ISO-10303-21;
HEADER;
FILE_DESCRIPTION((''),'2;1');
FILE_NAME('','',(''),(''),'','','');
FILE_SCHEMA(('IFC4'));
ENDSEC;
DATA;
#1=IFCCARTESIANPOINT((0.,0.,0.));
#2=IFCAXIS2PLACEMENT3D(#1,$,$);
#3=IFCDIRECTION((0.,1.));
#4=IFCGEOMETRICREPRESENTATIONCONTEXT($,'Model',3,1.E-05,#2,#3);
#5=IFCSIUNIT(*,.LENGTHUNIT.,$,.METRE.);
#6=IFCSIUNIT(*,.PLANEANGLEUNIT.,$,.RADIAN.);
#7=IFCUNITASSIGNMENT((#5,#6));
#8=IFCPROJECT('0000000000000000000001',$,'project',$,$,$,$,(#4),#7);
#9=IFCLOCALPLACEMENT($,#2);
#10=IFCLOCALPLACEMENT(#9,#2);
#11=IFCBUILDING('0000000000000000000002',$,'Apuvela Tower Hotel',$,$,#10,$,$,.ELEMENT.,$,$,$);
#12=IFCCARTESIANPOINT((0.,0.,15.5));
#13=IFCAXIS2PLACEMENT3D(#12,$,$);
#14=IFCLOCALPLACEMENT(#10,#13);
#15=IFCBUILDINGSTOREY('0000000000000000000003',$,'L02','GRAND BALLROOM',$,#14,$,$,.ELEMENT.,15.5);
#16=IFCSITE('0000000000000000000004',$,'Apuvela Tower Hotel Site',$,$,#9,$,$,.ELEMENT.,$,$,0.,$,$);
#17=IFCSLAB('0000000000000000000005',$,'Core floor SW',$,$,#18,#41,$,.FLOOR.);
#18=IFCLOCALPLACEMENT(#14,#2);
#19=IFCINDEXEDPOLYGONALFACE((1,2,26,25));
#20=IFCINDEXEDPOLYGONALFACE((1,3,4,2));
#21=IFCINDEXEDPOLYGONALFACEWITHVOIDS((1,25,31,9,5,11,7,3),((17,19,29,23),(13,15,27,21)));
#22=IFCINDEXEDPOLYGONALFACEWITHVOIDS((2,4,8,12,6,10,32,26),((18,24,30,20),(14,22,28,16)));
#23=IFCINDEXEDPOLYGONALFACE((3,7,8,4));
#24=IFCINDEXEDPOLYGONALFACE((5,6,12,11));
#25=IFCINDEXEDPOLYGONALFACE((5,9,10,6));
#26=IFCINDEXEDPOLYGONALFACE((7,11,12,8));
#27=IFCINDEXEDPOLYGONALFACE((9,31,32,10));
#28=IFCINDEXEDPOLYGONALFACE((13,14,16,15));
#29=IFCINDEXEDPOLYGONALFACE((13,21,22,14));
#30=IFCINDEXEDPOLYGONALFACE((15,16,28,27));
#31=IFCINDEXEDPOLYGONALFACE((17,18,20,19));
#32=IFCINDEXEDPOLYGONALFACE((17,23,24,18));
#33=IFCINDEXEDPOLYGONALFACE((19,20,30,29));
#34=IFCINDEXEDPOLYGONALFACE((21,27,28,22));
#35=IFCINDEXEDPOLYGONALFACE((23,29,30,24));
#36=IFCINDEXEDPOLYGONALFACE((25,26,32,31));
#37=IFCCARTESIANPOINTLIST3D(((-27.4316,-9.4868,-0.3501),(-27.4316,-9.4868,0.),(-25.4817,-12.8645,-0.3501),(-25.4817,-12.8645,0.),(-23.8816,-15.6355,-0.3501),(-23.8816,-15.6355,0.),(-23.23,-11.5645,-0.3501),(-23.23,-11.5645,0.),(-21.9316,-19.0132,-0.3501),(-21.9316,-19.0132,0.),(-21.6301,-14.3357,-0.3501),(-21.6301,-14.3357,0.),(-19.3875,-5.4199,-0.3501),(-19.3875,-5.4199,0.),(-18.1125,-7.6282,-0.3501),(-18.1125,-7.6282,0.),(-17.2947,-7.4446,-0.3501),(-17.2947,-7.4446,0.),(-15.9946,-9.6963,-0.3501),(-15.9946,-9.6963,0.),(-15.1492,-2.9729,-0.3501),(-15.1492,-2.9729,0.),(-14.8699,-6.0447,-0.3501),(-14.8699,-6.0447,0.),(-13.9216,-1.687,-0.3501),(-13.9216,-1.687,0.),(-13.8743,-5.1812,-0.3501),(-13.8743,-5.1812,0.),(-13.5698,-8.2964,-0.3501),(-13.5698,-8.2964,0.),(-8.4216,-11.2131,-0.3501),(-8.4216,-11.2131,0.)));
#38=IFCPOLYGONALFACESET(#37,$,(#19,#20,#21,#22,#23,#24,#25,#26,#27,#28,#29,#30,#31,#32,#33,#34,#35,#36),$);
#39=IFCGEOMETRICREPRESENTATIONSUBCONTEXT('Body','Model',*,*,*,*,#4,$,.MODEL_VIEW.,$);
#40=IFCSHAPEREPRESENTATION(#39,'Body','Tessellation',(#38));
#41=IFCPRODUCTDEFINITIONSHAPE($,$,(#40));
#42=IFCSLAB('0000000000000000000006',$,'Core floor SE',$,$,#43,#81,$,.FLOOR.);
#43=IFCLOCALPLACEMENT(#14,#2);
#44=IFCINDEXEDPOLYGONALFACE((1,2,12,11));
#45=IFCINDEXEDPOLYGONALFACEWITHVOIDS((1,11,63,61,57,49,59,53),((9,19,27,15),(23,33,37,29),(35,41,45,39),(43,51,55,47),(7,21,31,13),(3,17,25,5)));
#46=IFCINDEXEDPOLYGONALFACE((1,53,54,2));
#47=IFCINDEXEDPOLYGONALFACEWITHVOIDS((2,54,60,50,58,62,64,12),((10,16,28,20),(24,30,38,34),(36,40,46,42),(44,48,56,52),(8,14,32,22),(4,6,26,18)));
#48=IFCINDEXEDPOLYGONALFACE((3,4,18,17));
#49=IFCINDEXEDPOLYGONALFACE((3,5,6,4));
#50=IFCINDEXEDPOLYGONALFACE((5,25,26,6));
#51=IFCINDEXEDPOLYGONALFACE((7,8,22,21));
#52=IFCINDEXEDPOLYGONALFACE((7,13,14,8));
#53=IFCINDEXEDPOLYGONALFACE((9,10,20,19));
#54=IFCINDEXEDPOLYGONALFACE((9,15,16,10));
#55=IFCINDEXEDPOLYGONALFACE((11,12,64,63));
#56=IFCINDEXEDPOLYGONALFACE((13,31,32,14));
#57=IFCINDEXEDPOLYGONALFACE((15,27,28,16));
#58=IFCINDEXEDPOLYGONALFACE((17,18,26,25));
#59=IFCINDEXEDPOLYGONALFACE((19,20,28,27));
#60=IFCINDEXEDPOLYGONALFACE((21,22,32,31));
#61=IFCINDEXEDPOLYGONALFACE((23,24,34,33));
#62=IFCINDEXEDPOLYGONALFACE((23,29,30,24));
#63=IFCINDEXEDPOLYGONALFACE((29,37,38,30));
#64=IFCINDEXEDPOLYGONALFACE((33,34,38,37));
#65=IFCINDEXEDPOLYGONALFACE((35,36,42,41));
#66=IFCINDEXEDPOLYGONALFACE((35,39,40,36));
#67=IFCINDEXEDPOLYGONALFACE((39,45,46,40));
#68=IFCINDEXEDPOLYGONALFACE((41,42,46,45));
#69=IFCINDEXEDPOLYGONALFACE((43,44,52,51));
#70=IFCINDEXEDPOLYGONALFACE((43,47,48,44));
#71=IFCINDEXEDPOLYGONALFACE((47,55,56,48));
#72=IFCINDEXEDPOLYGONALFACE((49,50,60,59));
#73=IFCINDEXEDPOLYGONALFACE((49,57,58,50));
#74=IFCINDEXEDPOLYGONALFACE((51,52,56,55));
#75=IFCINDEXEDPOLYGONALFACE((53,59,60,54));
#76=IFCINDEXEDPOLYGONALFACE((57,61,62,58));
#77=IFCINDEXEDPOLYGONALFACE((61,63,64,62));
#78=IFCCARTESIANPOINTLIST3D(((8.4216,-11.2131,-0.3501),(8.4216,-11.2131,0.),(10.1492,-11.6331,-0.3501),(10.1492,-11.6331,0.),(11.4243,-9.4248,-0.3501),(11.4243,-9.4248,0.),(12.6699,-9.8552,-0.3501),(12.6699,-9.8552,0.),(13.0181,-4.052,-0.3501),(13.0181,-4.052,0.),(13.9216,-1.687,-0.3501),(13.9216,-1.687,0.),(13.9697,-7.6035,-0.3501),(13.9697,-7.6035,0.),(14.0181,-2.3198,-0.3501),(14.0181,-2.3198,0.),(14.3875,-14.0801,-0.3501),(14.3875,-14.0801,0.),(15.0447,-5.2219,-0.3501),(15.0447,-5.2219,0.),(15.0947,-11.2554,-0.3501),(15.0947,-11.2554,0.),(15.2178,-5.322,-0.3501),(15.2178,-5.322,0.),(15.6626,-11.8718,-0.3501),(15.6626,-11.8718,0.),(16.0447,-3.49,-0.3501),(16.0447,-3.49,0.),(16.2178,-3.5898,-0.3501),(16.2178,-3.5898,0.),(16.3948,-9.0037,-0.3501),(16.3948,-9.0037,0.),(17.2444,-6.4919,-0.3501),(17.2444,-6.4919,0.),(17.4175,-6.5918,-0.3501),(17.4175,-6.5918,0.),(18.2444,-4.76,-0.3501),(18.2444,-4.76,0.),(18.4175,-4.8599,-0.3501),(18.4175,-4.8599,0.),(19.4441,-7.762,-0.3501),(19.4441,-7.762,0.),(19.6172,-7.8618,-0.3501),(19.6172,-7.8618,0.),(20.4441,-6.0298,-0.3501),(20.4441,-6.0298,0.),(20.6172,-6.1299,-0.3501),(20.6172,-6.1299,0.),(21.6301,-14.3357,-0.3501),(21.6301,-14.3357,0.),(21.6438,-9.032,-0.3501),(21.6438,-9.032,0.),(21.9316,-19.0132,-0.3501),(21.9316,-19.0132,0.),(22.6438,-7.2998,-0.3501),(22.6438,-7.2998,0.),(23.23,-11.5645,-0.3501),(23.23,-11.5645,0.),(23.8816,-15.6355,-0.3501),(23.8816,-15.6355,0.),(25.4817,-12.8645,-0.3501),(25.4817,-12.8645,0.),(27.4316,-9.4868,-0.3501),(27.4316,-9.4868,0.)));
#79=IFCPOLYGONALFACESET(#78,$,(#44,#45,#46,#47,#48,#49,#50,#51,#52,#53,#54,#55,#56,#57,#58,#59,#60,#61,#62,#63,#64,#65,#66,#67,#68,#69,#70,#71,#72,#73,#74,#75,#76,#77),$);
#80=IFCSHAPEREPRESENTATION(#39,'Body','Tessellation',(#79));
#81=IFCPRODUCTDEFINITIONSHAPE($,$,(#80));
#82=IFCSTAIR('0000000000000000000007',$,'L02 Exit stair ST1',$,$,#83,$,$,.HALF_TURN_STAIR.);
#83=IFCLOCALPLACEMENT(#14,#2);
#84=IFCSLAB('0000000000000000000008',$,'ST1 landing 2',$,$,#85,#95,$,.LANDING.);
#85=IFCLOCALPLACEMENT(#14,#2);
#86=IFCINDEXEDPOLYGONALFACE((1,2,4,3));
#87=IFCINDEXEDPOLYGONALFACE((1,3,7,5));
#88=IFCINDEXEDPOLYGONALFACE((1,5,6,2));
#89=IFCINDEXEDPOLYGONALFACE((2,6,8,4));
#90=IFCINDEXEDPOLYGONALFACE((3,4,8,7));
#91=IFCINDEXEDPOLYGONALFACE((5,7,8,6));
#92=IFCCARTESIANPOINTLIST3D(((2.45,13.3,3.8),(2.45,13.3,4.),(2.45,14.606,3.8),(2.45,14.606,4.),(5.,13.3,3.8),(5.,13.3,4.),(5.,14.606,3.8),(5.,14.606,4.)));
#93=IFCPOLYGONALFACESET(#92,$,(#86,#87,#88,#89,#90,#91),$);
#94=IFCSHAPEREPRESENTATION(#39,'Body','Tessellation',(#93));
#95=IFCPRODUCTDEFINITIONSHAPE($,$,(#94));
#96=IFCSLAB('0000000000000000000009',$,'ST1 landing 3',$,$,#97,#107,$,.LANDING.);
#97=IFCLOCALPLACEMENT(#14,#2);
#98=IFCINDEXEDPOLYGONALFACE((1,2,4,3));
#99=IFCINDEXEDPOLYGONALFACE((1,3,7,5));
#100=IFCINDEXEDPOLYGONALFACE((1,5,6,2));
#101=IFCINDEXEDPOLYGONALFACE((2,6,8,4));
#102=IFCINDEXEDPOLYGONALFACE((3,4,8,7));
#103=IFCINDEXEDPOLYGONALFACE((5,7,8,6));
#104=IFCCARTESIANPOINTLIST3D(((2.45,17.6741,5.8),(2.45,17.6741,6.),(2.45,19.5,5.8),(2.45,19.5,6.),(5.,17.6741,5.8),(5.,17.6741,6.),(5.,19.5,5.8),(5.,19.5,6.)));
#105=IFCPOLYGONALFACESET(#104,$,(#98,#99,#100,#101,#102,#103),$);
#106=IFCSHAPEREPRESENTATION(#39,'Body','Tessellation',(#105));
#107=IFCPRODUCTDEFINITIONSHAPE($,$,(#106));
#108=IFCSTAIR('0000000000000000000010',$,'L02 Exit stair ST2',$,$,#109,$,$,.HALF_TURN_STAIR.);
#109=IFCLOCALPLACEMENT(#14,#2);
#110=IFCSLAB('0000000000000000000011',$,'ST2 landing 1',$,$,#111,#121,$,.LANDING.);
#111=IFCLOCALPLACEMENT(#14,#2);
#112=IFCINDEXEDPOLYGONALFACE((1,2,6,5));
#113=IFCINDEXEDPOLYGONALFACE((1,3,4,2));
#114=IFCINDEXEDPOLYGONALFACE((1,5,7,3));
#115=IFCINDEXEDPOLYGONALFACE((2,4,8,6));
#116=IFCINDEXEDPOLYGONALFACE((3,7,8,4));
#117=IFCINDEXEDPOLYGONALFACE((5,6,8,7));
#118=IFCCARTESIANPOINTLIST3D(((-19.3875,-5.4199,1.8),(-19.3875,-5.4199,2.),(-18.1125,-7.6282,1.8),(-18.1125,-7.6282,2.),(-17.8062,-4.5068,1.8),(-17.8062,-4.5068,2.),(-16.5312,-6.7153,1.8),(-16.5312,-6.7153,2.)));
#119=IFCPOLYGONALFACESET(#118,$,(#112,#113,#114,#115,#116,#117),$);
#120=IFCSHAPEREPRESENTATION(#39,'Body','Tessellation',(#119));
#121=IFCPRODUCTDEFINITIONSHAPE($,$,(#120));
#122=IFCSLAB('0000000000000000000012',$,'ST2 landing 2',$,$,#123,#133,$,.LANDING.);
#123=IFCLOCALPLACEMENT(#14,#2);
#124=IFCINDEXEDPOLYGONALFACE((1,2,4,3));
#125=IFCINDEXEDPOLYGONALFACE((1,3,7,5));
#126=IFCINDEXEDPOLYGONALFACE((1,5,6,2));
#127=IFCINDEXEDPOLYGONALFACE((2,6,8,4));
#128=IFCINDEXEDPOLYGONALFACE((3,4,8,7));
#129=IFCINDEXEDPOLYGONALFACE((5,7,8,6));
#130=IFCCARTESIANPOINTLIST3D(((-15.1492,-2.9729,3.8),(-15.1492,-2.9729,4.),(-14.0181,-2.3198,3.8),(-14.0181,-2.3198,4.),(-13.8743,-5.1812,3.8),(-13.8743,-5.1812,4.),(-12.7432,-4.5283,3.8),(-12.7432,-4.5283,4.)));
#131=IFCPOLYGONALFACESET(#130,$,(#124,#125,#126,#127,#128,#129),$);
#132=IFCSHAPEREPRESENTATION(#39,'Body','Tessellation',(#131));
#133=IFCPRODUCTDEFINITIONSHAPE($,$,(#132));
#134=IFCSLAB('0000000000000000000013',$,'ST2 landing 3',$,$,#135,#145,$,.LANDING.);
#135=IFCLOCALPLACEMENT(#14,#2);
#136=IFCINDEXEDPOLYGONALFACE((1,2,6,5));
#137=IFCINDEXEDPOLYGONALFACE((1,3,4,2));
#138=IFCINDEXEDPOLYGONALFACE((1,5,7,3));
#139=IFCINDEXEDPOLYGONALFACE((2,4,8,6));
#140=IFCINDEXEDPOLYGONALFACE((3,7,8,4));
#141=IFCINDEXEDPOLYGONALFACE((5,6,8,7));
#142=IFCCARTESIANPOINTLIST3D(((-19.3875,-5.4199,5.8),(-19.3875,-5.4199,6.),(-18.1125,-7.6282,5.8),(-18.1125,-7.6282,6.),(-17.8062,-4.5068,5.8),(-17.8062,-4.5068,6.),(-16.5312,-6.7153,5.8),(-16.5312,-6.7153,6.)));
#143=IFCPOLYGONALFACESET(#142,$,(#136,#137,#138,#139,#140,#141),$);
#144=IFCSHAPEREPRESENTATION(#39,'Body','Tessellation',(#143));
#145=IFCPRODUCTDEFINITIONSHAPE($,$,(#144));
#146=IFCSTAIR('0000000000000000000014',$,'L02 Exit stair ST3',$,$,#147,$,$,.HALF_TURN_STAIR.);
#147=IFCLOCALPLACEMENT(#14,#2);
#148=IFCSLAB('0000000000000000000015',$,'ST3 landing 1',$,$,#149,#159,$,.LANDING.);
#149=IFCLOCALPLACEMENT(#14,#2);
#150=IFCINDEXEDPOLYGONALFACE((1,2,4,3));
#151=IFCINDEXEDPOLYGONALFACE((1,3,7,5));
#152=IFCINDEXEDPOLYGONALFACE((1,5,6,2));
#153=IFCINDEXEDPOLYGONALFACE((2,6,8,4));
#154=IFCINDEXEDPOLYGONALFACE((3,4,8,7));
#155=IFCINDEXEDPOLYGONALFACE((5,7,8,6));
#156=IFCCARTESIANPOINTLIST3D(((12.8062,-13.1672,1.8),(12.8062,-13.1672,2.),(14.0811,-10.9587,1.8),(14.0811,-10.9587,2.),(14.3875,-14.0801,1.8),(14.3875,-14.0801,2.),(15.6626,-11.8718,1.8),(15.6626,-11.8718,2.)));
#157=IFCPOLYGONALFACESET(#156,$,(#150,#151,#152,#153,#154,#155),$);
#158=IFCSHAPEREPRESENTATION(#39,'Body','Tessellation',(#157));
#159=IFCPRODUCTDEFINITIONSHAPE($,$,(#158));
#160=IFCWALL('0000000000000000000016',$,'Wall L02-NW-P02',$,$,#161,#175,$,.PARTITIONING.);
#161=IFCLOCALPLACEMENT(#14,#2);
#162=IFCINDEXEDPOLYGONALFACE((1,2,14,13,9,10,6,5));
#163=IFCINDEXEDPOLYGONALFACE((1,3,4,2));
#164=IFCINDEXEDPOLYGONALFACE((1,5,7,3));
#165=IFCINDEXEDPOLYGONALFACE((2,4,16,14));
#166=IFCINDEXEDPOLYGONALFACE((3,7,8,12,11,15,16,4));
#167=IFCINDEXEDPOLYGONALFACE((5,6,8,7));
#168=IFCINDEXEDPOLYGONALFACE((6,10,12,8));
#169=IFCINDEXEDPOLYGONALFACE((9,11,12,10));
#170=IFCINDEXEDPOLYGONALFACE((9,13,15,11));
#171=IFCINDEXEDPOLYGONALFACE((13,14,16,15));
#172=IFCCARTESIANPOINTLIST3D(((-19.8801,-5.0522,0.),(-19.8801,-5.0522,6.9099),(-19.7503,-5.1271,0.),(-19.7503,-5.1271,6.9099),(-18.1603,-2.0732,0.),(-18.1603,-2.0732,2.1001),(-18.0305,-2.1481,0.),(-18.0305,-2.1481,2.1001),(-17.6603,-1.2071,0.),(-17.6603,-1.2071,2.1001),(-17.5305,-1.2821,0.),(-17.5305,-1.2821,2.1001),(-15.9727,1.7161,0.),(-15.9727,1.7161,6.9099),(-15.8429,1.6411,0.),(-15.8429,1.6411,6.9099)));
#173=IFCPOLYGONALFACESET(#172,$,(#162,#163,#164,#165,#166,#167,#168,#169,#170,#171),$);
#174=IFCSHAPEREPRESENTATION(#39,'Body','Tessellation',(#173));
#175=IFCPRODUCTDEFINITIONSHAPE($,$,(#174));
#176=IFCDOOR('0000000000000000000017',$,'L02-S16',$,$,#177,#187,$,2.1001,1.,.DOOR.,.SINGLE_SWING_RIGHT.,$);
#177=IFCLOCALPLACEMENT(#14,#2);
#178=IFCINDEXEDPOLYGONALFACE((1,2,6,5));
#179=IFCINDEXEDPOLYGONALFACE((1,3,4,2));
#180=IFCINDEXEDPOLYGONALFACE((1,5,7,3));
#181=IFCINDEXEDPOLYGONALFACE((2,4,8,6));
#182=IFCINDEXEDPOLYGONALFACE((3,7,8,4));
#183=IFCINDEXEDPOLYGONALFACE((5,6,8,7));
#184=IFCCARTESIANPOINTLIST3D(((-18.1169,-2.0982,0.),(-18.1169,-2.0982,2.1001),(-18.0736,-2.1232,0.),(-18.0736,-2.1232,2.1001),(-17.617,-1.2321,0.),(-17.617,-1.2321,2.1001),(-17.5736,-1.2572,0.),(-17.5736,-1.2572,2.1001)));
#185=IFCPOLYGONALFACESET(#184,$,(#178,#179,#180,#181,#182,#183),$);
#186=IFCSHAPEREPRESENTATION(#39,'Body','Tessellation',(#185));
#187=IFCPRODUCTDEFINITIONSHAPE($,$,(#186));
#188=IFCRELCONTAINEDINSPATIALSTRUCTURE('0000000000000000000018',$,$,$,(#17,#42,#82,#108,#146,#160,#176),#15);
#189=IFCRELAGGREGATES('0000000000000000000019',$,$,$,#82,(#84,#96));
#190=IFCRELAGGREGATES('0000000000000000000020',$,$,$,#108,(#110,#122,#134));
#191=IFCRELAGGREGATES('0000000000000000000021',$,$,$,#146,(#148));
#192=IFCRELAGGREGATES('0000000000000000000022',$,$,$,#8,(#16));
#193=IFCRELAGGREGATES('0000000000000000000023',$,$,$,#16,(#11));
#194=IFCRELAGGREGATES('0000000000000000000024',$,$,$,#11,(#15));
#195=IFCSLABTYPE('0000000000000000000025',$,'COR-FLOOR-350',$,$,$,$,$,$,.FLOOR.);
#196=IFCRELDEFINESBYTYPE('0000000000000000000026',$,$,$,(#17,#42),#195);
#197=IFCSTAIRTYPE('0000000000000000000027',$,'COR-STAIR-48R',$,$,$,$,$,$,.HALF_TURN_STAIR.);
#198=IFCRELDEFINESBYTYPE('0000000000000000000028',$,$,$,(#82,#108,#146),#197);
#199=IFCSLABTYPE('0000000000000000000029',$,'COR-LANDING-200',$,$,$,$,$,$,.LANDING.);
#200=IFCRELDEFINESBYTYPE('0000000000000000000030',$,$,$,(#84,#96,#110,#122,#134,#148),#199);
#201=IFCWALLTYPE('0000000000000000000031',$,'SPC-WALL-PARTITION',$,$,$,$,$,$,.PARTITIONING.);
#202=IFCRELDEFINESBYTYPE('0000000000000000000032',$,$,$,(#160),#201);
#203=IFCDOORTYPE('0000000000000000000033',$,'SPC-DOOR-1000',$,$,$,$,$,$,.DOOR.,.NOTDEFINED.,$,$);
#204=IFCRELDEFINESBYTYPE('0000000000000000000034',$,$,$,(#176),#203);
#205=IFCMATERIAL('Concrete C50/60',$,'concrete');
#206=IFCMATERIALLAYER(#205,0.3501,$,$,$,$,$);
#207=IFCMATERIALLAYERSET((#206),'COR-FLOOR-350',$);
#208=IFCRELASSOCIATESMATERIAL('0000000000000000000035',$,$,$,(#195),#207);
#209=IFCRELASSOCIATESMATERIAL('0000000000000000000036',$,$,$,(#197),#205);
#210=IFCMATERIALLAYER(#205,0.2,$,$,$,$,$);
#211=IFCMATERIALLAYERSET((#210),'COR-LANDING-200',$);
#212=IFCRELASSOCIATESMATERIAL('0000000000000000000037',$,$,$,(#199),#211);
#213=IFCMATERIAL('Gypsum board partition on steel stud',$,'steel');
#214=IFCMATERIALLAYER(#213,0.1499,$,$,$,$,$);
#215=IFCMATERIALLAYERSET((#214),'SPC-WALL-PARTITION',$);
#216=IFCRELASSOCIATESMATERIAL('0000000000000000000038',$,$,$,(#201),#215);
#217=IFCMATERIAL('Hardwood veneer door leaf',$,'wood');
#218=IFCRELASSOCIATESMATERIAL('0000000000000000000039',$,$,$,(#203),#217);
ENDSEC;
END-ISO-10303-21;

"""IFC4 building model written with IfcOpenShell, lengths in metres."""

from ifc_helpers import new_model, si_unit, direction, frame, frame_2d, origin, place, context, subcontext, project, spatial, polyline, rectangle, outline, extrude, material, layer, layer_set, type_object, element, fill, aggregate, save


model = new_model("IFC4")

# Units and contexts
model_context = context("Model", 3, precision=1e-05, world=origin(), true_north=direction((0.0, 1.0)))
body_context = subcontext(model_context, "Body", "Model", "MODEL_VIEW")
ifc_project = project(units=[si_unit("LENGTHUNIT", "METRE"), si_unit("PLANEANGLEUNIT", "RADIAN")], contexts=[model_context])

# Site, building, storey
site_placement = place(None, origin())
site = spatial("IfcSite", under=ifc_project, at=site_placement, Name="Apuvela Tower Hotel Site", CompositionType="ELEMENT", RefElevation=0.0)
building_placement = place(site_placement, origin())
building = spatial("IfcBuilding", under=site, at=building_placement, Name="Apuvela Tower Hotel", CompositionType="ELEMENT")
storey_placement = place(building_placement, frame((0.0, 0.0, 15.5)))
storey = spatial("IfcBuildingStorey", under=building, at=storey_placement, Name="L02", Description="GRAND BALLROOM", CompositionType="ELEMENT", Elevation=15.5)

# Slabs
ifc_material_1 = material(Name="Concrete C50/60", Category="concrete")
ifc_layer_1 = layer(ifc_material_1, 0.3501)
ifc_layer_set_1 = layer_set([ifc_layer_1], Name="COR-FLOOR-350")
slab_type_1 = type_object("IfcSlabType", Name="COR-FLOOR-350", PredefinedType="FLOOR", material=ifc_layer_set_1)
slab_1_placement = place(storey_placement, frame((0.0, 0.0, -0.3501)))
element("IfcSlab", 1, at=slab_1_placement, inside=storey, type_object=slab_type_1, Name="Core floor SW", PredefinedType="FLOOR", context=body_context, shape_type="SweptSolid", body=[
    extrude(outline(polyline([(-27.4316, -9.4868), (-25.4817, -12.8645), (-23.23, -11.5645), (-21.6301, -14.3357), (-23.8816, -15.6355), (-21.9316, -19.0132), (-8.4216, -11.2131), (-13.9216, -1.687), (-27.4316, -9.4868)]), holes=[polyline([(-13.8743, -5.1812), (-18.1125, -7.6282), (-19.3875, -5.4199), (-15.1492, -2.9729), (-13.8743, -5.1812)]), polyline([(-13.5698, -8.2964), (-15.9946, -9.6963), (-17.2947, -7.4446), (-14.8699, -6.0447), (-13.5698, -8.2964)])]), origin(), (0.0, 0.0, 1.0), 0.3501),
])
slab_2_placement = place(storey_placement, frame((0.0, 0.0, -0.3501)))
element("IfcSlab", 2, at=slab_2_placement, inside=storey, type_object=slab_type_1, Name="Core floor SE", PredefinedType="FLOOR", context=body_context, shape_type="SweptSolid", body=[
    extrude(outline(polyline([(21.9316, -19.0132), (23.8816, -15.6355), (21.6301, -14.3357), (23.23, -11.5645), (25.4817, -12.8645), (27.4316, -9.4868), (13.9216, -1.687), (8.4216, -11.2131), (21.9316, -19.0132)]), holes=[polyline([(13.0181, -4.052), (14.0181, -2.3198), (16.0447, -3.49), (15.0447, -5.2219), (13.0181, -4.052)]), polyline([(17.2444, -6.4919), (15.2178, -5.322), (16.2178, -3.5898), (18.2444, -4.76), (17.2444, -6.4919)]), polyline([(14.3875, -14.0801), (10.1492, -11.6331), (11.4243, -9.4248), (15.6626, -11.8718), (14.3875, -14.0801)]), polyline([(12.6699, -9.8552), (13.9697, -7.6035), (16.3948, -9.0037), (15.0947, -11.2554), (12.6699, -9.8552)]), polyline([(19.4441, -7.762), (17.4175, -6.5918), (18.4175, -4.8599), (20.4441, -6.0298), (19.4441, -7.762)]), polyline([(21.6438, -9.032), (19.6172, -7.8618), (20.6172, -6.1299), (22.6438, -7.2998), (21.6438, -9.032)])]), origin(), (0.0, 0.0, 1.0), 0.3501),
])

# Stairs, slabs
stair_type_1 = type_object("IfcStairType", Name="COR-STAIR-48R", PredefinedType="HALF_TURN_STAIR", material=ifc_material_1)
stair_1_placement = place(storey_placement, origin())
stair_1 = element("IfcStair", 3, at=stair_1_placement, inside=storey, type_object=stair_type_1, Name="L02 Exit stair ST1", PredefinedType="HALF_TURN_STAIR")
ifc_layer_2 = layer(ifc_material_1, 0.2)
ifc_layer_set_2 = layer_set([ifc_layer_2], Name="COR-LANDING-200")
slab_type_2 = type_object("IfcSlabType", Name="COR-LANDING-200", PredefinedType="LANDING", material=ifc_layer_set_2)
slab_3_placement = place(storey_placement, frame((0.0, 0.0, 3.8)))
slab_3 = element("IfcSlab", 4, at=slab_3_placement, type_object=slab_type_2, Name="ST1 landing 2", PredefinedType="LANDING", context=body_context, shape_type="SweptSolid", body=[
    extrude(outline(polyline([(5.0, 13.3), (5.0, 14.606), (2.45, 14.606), (2.45, 13.3), (5.0, 13.3)])), origin(), (0.0, 0.0, 1.0), 0.2),
])
slab_4_placement = place(storey_placement, frame((0.0, 0.0, 5.8)))
slab_4 = element("IfcSlab", 5, at=slab_4_placement, type_object=slab_type_2, Name="ST1 landing 3", PredefinedType="LANDING", context=body_context, shape_type="SweptSolid", body=[
    extrude(outline(polyline([(5.0, 17.6741), (5.0, 19.5), (2.45, 19.5), (2.45, 17.6741), (5.0, 17.6741)])), origin(), (0.0, 0.0, 1.0), 0.2),
])
aggregate(stair_1, [slab_3, slab_4])
stair_2_placement = place(storey_placement, origin())
stair_2 = element("IfcStair", 6, at=stair_2_placement, inside=storey, type_object=stair_type_1, Name="L02 Exit stair ST2", PredefinedType="HALF_TURN_STAIR")
slab_5_placement = place(storey_placement, frame((0.0, 0.0, 1.8)))
slab_5 = element("IfcSlab", 7, at=slab_5_placement, type_object=slab_type_2, Name="ST2 landing 1", PredefinedType="LANDING", context=body_context, shape_type="SweptSolid", body=[
    extrude(outline(polyline([(-17.8062, -4.5068), (-19.3875, -5.4199), (-18.1125, -7.6282), (-16.5312, -6.7153), (-17.8062, -4.5068)])), origin(), (0.0, 0.0, 1.0), 0.2),
])
slab_6_placement = place(storey_placement, frame((0.0, 0.0, 3.8)))
slab_6 = element("IfcSlab", 8, at=slab_6_placement, type_object=slab_type_2, Name="ST2 landing 2", PredefinedType="LANDING", context=body_context, shape_type="SweptSolid", body=[
    extrude(outline(polyline([(-14.0181, -2.3198), (-15.1492, -2.9729), (-13.8743, -5.1812), (-12.7432, -4.5283), (-14.0181, -2.3198)])), origin(), (0.0, 0.0, 1.0), 0.2),
])
slab_7_placement = place(storey_placement, frame((0.0, 0.0, 5.8)))
slab_7 = element("IfcSlab", 9, at=slab_7_placement, type_object=slab_type_2, Name="ST2 landing 3", PredefinedType="LANDING", context=body_context, shape_type="SweptSolid", body=[
    extrude(outline(polyline([(-17.8062, -4.5068), (-19.3875, -5.4199), (-18.1125, -7.6282), (-16.5312, -6.7153), (-17.8062, -4.5068)])), origin(), (0.0, 0.0, 1.0), 0.2),
])
aggregate(stair_2, [slab_5, slab_6, slab_7])

# Stair, slab
stair_3_placement = place(storey_placement, origin())
stair_3 = element("IfcStair", 10, at=stair_3_placement, inside=storey, type_object=stair_type_1, Name="L02 Exit stair ST3", PredefinedType="HALF_TURN_STAIR")
slab_8_placement = place(storey_placement, frame((0.0, 0.0, 1.8)))
slab_8 = element("IfcSlab", 11, at=slab_8_placement, type_object=slab_type_2, Name="ST3 landing 1", PredefinedType="LANDING", context=body_context, shape_type="SweptSolid", body=[
    extrude(outline(polyline([(12.8062, -13.1672), (14.3875, -14.0801), (15.6626, -11.8718), (14.0811, -10.9587), (12.8062, -13.1672)])), origin(), (0.0, 0.0, 1.0), 0.2),
])
aggregate(stair_3, [slab_8])

# Wall, opening, door
ifc_material_2 = material(Name="Gypsum board partition on steel stud", Category="steel")
ifc_layer_3 = layer(ifc_material_2, 0.1499)
ifc_layer_set_3 = layer_set([ifc_layer_3], Name="SPC-WALL-PARTITION")
wall_type = type_object("IfcWallType", Name="SPC-WALL-PARTITION", PredefinedType="PARTITIONING", material=ifc_layer_set_3)
wall_1_placement = place(storey_placement, frame((-15.9077, 1.6787, 0.0), z_axis=(0.0, 0.0, 1.0), x_axis=(-0.499979, -0.866037, 0.0)))
wall_1 = element("IfcWall", 12, at=wall_1_placement, inside=storey, type_object=wall_type, Name="Wall L02-NW-P02", PredefinedType="PARTITIONING", context=body_context, shape_type="SweptSolid", body=[
    extrude(rectangle(XDim=7.8152, YDim=0.1499, at=frame_2d((3.9077, 0.0))), origin(), (0.0, 0.0, 1.0), 6.9099),
])
opening_1_placement = place(wall_1_placement, frame((3.3755, 0.0, 0.0)))
opening_1 = element("IfcOpeningElement", 13, at=opening_1_placement, cuts=wall_1, PredefinedType="OPENING", context=body_context, shape_type="SweptSolid", body=[
    extrude(rectangle(XDim=1.0, YDim=2.1001, at=frame_2d((0.5, 1.05))), frame((0.0, 0.085, 0.0), z_axis=(0.0, -1.0, 0.0), x_axis=(1.0, 0.0, 0.0)), (0.0, 0.0, 1.0), 0.1699),
])
ifc_material_3 = material(Name="Hardwood veneer door leaf", Category="wood")
door_type_1 = type_object("IfcDoorType", Name="SPC-DOOR-1000", OperationType="NOTDEFINED", PredefinedType="DOOR", material=ifc_material_3)
door_1_placement = place(opening_1_placement, frame((1.0, 0.0, 0.0), z_axis=(0.0, 0.0, 1.0), x_axis=(-1.0, 0.0, 0.0)))
door_1 = element("IfcDoor", 14, at=door_1_placement, inside=storey, type_object=door_type_1, Name="L02-S16", OperationType="SINGLE_SWING_RIGHT", OverallHeight=2.1001, OverallWidth=1.0, PredefinedType="DOOR", context=body_context, shape_type="SweptSolid", body=[
    extrude(rectangle(XDim=1.0, YDim=2.1001, at=frame_2d((0.5, 1.05))), frame((0.0, 0.0249, 0.0), z_axis=(0.0, -1.0, 0.0), x_axis=(1.0, 0.0, 0.0)), (0.0, 0.0, 1.0), 0.05),
])
fill(opening_1, door_1)

save(model, "model.ifc")
